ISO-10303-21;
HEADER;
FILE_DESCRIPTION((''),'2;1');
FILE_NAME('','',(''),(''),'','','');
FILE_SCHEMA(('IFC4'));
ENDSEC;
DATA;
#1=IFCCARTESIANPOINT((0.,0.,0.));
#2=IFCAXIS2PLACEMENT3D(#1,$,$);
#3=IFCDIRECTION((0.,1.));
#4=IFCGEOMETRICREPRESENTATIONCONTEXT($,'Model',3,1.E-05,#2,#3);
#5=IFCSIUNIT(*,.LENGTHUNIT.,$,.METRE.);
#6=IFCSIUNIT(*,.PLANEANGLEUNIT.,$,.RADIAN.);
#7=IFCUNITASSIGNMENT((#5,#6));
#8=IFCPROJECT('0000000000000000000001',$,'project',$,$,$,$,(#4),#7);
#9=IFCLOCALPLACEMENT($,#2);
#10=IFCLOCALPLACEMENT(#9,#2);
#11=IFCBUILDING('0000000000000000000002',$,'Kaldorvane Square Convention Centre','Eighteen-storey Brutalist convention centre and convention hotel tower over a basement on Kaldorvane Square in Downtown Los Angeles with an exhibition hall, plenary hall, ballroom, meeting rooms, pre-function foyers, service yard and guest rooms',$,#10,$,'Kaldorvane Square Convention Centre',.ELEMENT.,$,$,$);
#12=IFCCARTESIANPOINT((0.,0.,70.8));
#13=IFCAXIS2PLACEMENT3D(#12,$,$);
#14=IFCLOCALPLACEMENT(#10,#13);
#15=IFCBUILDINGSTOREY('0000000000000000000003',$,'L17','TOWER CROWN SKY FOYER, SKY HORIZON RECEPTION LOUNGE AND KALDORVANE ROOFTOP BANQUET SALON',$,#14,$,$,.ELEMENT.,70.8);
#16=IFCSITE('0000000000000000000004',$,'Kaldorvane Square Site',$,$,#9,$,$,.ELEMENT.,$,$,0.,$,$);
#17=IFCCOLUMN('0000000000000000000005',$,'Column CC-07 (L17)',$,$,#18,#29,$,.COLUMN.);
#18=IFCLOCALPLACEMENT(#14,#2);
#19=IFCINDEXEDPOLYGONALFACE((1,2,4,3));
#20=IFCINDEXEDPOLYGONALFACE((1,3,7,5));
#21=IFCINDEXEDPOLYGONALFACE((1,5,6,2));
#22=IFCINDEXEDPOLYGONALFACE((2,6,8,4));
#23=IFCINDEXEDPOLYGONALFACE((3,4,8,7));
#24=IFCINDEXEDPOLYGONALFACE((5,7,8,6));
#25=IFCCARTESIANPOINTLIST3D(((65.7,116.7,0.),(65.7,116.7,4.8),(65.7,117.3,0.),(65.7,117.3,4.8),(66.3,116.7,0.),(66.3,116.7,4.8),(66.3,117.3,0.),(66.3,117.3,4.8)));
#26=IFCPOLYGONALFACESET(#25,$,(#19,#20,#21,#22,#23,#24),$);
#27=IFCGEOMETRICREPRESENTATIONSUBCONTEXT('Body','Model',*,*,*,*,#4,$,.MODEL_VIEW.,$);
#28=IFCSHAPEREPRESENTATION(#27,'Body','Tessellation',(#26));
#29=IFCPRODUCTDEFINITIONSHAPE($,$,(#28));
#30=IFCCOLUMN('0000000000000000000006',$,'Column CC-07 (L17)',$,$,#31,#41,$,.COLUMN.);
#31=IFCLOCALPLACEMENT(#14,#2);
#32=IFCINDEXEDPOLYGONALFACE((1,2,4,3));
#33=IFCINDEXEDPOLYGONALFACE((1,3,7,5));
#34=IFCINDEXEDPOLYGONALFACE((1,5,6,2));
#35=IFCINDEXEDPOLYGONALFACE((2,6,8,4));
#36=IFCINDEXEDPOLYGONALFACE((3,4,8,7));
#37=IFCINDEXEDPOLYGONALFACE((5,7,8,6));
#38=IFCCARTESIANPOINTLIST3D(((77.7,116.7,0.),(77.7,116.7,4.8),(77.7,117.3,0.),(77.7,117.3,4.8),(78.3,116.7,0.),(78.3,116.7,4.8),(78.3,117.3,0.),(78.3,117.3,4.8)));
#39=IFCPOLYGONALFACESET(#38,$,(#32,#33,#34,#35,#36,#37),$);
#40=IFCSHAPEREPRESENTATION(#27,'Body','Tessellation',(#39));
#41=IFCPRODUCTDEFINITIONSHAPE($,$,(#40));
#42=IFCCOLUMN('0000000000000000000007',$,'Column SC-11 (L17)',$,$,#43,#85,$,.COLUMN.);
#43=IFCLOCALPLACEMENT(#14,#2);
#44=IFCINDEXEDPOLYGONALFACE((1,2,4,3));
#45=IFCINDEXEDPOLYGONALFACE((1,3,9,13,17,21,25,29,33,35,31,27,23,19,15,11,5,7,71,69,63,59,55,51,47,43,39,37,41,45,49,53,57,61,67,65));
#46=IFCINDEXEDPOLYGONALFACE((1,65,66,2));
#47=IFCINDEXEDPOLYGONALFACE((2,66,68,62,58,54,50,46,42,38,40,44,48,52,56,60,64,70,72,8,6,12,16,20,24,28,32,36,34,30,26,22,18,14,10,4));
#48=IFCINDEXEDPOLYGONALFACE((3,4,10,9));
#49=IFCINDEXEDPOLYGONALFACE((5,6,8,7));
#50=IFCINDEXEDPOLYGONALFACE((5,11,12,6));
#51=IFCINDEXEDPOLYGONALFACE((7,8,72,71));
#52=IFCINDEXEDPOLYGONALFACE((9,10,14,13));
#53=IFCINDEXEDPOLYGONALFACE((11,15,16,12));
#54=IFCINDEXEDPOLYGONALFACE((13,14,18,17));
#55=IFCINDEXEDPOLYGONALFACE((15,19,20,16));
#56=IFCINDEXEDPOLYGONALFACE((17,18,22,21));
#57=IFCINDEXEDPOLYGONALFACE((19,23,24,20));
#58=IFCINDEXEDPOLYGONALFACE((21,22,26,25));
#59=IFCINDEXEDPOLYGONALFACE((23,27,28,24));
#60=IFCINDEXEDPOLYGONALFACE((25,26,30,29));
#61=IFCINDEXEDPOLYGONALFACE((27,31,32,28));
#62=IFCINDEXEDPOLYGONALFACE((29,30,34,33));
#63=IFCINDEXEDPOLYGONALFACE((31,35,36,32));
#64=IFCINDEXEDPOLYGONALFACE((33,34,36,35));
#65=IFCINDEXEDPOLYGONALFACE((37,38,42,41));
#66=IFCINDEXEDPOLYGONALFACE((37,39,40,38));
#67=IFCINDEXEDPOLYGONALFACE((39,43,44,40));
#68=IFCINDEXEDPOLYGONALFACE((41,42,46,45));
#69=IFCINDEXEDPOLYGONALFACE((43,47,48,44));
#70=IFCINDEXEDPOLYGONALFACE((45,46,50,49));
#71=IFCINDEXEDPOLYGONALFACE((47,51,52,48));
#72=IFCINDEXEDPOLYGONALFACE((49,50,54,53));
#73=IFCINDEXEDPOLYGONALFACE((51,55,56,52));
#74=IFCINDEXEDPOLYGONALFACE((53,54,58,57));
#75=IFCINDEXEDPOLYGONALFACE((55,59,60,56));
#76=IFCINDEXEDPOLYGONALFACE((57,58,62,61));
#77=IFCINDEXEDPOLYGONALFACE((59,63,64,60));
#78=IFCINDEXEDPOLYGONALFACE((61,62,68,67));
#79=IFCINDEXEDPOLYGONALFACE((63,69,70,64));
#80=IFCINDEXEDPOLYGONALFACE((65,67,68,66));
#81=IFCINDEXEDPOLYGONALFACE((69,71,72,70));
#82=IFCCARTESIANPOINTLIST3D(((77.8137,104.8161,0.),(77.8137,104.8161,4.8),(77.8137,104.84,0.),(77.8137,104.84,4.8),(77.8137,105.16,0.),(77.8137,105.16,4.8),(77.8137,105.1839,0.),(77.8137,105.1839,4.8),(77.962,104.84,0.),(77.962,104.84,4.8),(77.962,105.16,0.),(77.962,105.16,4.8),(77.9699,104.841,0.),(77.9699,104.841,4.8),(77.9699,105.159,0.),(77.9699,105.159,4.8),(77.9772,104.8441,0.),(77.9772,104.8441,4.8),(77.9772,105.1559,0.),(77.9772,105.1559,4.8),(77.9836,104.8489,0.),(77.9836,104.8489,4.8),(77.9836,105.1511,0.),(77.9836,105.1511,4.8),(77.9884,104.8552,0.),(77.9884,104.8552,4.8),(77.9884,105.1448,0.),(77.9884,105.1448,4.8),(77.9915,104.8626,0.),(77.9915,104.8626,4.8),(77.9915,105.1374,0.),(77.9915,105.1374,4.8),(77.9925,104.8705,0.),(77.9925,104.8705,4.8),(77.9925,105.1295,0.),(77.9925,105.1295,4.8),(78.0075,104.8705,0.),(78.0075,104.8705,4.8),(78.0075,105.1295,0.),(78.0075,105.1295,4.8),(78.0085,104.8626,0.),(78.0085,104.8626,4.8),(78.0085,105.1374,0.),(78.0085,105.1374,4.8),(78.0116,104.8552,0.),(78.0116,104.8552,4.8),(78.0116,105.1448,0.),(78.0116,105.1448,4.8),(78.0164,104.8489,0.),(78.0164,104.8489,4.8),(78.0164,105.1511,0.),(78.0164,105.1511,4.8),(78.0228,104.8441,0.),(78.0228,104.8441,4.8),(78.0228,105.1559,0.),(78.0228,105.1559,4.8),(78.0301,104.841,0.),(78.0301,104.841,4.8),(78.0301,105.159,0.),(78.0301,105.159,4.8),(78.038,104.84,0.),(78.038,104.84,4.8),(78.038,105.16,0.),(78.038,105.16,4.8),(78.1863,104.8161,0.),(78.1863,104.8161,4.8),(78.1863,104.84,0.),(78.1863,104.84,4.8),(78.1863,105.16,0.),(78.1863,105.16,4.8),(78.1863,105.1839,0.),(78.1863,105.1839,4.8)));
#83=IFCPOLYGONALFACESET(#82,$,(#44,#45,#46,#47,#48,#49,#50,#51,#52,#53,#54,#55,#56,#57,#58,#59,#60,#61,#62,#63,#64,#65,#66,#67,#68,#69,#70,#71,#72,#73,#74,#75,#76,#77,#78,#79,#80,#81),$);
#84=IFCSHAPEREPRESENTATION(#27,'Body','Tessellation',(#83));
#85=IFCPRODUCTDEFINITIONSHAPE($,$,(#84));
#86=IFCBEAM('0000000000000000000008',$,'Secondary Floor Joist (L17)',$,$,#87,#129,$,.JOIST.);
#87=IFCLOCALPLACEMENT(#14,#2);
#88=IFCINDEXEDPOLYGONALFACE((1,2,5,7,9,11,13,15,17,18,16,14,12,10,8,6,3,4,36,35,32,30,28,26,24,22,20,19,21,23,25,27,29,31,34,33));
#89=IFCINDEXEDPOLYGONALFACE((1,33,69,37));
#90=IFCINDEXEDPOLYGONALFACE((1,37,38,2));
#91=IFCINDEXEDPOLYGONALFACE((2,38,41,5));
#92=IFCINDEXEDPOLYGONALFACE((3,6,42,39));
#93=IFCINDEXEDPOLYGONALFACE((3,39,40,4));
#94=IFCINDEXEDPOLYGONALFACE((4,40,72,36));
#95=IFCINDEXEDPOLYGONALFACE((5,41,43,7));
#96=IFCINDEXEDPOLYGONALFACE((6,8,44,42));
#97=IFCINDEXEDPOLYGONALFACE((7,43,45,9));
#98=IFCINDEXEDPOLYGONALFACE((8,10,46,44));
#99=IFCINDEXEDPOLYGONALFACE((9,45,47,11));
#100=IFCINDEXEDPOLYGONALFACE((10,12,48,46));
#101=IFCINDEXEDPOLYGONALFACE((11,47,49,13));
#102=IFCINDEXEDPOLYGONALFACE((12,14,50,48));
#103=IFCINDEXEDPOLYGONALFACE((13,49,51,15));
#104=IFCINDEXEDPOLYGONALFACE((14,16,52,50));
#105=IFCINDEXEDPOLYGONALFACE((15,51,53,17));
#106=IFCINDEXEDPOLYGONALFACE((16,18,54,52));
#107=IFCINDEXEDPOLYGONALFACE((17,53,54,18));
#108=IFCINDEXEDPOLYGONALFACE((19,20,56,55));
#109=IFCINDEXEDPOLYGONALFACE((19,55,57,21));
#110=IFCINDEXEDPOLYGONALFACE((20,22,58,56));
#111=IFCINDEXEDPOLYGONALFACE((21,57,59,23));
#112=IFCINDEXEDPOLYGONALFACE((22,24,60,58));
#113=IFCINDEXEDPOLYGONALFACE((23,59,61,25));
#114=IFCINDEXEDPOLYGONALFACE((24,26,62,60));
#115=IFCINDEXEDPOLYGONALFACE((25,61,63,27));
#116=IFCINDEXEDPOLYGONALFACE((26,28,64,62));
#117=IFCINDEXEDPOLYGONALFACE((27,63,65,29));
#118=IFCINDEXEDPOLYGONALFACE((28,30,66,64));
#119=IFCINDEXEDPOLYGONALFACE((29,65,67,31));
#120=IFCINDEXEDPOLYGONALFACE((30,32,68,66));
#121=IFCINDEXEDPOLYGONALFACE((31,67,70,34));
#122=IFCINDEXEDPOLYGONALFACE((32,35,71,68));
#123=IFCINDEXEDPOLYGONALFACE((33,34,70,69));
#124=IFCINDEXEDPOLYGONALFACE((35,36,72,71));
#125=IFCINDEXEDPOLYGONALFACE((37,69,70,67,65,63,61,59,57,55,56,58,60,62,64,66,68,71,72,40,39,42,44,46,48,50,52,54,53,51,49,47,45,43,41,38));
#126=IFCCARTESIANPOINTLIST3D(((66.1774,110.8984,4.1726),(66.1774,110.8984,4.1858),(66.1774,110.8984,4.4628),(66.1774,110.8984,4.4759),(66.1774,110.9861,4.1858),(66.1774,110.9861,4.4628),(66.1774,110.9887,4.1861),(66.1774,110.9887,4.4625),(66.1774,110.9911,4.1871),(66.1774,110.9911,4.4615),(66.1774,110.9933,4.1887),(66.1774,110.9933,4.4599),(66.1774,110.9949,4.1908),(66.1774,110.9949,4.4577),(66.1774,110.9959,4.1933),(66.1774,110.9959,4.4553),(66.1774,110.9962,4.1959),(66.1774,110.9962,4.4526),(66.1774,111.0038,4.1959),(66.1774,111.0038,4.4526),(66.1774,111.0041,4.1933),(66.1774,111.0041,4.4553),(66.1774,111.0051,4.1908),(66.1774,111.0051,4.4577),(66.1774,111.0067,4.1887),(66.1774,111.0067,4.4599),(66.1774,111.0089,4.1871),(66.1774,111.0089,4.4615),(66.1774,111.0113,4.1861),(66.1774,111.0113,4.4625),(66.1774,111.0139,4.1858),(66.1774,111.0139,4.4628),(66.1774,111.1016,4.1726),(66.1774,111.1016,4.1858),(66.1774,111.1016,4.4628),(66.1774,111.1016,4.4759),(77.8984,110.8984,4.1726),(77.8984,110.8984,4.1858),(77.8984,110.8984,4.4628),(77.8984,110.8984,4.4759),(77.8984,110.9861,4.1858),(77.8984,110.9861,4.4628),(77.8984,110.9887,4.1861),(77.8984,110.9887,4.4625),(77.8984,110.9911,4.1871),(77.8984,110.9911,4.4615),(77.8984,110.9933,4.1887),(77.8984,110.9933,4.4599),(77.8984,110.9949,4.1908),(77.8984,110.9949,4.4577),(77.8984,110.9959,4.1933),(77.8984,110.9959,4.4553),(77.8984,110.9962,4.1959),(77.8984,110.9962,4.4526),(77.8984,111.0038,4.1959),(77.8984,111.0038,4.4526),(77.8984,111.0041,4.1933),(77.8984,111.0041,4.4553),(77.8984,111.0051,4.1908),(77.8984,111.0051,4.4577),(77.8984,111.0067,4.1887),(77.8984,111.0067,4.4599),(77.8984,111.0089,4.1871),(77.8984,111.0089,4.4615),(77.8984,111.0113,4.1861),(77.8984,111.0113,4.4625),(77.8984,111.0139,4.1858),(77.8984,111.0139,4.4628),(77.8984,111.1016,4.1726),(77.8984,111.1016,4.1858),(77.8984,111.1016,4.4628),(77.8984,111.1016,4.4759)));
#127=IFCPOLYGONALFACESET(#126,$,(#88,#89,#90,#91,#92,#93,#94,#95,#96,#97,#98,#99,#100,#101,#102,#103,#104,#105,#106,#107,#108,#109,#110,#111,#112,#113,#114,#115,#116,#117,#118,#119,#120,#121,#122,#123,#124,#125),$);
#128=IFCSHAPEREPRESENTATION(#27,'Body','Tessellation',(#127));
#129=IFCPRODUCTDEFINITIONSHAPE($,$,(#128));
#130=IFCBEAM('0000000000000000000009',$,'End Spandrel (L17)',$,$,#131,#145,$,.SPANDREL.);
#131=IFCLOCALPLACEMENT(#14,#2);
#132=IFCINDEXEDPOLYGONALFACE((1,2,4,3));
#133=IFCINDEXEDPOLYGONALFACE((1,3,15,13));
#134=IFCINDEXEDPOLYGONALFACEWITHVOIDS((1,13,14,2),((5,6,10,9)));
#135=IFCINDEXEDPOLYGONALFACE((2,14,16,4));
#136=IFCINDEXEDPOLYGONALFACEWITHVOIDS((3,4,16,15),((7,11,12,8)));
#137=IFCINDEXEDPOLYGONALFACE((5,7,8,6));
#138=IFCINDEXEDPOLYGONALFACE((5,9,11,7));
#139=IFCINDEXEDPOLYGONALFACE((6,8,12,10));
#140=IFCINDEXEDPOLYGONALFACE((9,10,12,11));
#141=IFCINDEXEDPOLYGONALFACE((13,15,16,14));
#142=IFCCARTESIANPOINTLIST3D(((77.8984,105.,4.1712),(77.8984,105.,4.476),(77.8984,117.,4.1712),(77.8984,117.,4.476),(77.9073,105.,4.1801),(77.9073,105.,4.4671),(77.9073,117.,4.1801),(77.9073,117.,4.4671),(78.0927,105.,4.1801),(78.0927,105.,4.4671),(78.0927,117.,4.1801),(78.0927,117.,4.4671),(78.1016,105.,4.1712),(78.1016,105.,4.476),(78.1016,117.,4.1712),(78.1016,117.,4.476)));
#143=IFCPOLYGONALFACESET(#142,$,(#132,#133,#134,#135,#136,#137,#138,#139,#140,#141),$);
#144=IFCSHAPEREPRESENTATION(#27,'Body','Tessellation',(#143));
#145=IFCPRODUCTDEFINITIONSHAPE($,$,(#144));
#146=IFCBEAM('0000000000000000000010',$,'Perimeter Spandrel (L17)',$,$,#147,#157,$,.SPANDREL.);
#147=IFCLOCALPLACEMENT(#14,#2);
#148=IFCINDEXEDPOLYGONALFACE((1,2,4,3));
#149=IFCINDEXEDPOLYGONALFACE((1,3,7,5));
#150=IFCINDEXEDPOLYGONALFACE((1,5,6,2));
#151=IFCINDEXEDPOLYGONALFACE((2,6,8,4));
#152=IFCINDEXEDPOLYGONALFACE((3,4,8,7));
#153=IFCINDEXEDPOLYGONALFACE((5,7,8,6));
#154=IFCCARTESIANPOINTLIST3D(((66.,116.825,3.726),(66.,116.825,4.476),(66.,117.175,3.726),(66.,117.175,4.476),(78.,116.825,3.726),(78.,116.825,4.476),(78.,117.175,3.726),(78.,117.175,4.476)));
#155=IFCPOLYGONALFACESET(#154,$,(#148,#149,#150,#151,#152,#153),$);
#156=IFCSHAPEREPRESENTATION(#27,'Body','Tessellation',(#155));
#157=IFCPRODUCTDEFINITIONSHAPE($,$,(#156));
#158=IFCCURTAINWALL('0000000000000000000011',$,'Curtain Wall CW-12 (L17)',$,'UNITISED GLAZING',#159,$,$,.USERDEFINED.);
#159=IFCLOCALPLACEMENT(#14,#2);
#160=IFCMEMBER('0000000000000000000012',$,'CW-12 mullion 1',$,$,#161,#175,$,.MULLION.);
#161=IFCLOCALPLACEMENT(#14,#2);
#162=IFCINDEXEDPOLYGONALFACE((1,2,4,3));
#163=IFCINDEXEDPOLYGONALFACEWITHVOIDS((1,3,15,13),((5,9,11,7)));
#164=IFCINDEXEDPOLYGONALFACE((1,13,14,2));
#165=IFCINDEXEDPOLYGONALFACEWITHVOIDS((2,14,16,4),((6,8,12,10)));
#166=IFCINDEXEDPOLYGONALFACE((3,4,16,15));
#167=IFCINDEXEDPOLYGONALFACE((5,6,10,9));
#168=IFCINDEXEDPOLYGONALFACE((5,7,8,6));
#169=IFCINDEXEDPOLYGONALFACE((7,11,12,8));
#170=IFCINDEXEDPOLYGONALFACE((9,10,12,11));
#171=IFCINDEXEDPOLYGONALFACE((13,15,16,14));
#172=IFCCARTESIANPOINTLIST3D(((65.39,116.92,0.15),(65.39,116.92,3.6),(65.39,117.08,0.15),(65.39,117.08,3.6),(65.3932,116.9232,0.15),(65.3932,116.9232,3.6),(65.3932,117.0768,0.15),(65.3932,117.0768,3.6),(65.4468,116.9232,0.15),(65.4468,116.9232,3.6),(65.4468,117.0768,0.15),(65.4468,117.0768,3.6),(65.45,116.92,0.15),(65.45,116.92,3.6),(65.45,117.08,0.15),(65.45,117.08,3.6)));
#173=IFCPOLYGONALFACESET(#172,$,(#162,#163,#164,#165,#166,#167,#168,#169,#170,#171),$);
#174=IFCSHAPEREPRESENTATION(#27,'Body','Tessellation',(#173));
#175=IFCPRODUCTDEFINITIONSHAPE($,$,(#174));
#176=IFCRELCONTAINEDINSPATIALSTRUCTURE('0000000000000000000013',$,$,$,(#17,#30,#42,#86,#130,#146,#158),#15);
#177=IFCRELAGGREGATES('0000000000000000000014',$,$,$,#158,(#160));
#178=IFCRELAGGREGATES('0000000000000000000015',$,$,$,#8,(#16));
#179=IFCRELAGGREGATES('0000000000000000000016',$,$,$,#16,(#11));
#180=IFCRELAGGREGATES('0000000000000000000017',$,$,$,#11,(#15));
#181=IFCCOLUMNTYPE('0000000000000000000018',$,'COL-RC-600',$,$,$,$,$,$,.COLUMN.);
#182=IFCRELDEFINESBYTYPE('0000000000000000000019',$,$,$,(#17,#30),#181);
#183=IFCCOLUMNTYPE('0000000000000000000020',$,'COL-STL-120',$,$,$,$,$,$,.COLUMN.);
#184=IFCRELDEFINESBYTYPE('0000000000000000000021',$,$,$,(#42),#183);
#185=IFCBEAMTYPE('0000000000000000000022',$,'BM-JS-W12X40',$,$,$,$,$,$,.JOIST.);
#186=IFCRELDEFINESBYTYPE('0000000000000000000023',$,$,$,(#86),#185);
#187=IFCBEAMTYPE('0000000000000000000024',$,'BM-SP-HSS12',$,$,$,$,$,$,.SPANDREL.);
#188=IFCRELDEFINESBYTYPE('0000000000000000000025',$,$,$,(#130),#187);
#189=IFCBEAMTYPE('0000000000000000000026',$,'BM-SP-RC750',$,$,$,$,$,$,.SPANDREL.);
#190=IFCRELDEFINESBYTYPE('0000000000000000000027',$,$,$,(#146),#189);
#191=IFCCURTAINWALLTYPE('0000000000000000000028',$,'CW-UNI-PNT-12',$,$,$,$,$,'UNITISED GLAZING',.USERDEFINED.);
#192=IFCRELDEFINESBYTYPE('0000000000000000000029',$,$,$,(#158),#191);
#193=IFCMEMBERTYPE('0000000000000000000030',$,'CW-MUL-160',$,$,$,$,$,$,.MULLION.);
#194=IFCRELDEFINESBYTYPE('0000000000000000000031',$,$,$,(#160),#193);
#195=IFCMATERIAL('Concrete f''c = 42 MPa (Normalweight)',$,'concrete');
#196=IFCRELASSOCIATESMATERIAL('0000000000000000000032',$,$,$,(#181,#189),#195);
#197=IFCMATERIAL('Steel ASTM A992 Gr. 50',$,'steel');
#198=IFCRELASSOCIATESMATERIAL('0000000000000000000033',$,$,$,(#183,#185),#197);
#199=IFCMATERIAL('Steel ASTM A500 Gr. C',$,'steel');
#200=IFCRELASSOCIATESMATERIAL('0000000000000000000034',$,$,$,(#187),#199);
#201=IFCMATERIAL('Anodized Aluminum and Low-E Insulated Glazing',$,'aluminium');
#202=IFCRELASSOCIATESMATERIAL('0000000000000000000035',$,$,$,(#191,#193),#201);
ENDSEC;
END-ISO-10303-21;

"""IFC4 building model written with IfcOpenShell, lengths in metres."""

from ifc_helpers import new_model, si_unit, direction, frame, origin, origin_2d, place, context, subcontext, project, spatial, rectangle, hollow_rectangle, i_section, extrude, material, material_profile, profile_set, type_object, element, aggregate, save


model = new_model("IFC4")

# Units and contexts
model_context = context("Model", 3, precision=1e-05, world=origin(), true_north=direction((0.0, 1.0)))
body_context = subcontext(model_context, "Body", "Model", "MODEL_VIEW")
ifc_project = project(units=[si_unit("LENGTHUNIT", "METRE"), si_unit("PLANEANGLEUNIT", "RADIAN")], contexts=[model_context])

# Site, building, storey
site_placement = place(None, origin())
site = spatial("IfcSite", under=ifc_project, at=site_placement, Name="Kaldorvane Square Site", CompositionType="ELEMENT", RefElevation=0.0)
building_placement = place(site_placement, origin())
building = spatial("IfcBuilding", under=site, at=building_placement, Name="Kaldorvane Square Convention Centre", Description="Eighteen-storey Brutalist convention centre and convention hotel tower over a basement on Kaldorvane Square in Downtown Los Angeles with an exhibition hall, plenary hall, ballroom, meeting rooms, pre-function foyers, service yard and guest rooms", LongName="Kaldorvane Square Convention Centre", CompositionType="ELEMENT")
storey_placement = place(building_placement, frame((0.0, 0.0, 70.8)))
storey = spatial("IfcBuildingStorey", under=building, at=storey_placement, Name="L17", Description="TOWER CROWN SKY FOYER, SKY HORIZON RECEPTION LOUNGE AND KALDORVANE ROOFTOP BANQUET SALON", CompositionType="ELEMENT", Elevation=70.8)

# Columns
ifc_material_1 = material(Name="Concrete f'c = 42 MPa (Normalweight)", Category="concrete")
ifc_material_profile_1 = material_profile(ifc_material_1, rectangle(XDim=0.6, YDim=0.6, at=origin_2d()), Name="RC600X600")
ifc_profile_set_1 = profile_set([ifc_material_profile_1], Name="Concrete f'c = 42 MPa (Normalweight)")
column_type_1 = type_object("IfcColumnType", Name="COL-RC-600", PredefinedType="COLUMN", material=ifc_profile_set_1)
for number, where, z_axis, x_axis, name in (
    (1, (66.0, 117.0, 0.0), (0.0, 0.0, 1.0), (1.0, 0.0, 0.0), "Column CC-07 (L17)"),
    (2, (78.0, 117.0, 0.0), (0.0, 0.0, 1.0), (1.0, 0.0, 0.0), "Column CC-07 (L17)"),
):
    element("IfcColumn", number, at=place(storey_placement, frame(where, z_axis=z_axis, x_axis=x_axis)), inside=storey, type_object=column_type_1, Name=name, PredefinedType="COLUMN", context=body_context, shape_type="SweptSolid", body=[
        extrude(rectangle(XDim=0.6, YDim=0.6, at=origin_2d()), origin(), (0.0, 0.0, 1.0), 4.8),
    ])
ifc_material_2 = material(Name="Steel ASTM A992 Gr. 50", Category="steel")
ifc_material_profile_2 = material_profile(ifc_material_2, i_section(OverallWidth=0.3726, OverallDepth=0.3678, WebThickness=0.015, FlangeThickness=0.0239, FilletRadius=0.0305, at=origin_2d()), Name="W14X120")
ifc_profile_set_2 = profile_set([ifc_material_profile_2], Name="Steel ASTM A992 Gr. 50")
column_type_2 = type_object("IfcColumnType", Name="COL-STL-120", PredefinedType="COLUMN", material=ifc_profile_set_2)
column_placement = place(storey_placement, frame((78.0, 105.0, 0.0), z_axis=(0.0, 0.0, 1.0), x_axis=(1.0, 0.0, 0.0)))
element("IfcColumn", 3, at=column_placement, inside=storey, type_object=column_type_2, Name="Column SC-11 (L17)", PredefinedType="COLUMN", context=body_context, shape_type="SweptSolid", body=[
    extrude(i_section(OverallWidth=0.3726, OverallDepth=0.3678, WebThickness=0.015, FlangeThickness=0.0239, FilletRadius=0.0305, at=origin_2d()), origin(), (0.0, 0.0, 1.0), 4.8),
])

# Beams
ifc_material_profile_3 = material_profile(ifc_material_2, i_section(OverallWidth=0.2033, OverallDepth=0.3033, WebThickness=0.0075, FlangeThickness=0.0131, FilletRadius=0.0102, at=origin_2d()), Name="W12X40")
ifc_profile_set_3 = profile_set([ifc_material_profile_3], Name="Steel ASTM A992 Gr. 50")
beam_type_1 = type_object("IfcBeamType", Name="BM-JS-W12X40", PredefinedType="JOIST", material=ifc_profile_set_3)
beam_1_placement = place(storey_placement, frame((66.1774, 111.0, 4.3243), z_axis=(1.0, 0.0, 0.0), x_axis=(0.0, 1.0, 0.0)))
element("IfcBeam", 4, at=beam_1_placement, inside=storey, type_object=beam_type_1, Name="Secondary Floor Joist (L17)", PredefinedType="JOIST", context=body_context, shape_type="SweptSolid", body=[
    extrude(i_section(OverallWidth=0.2033, OverallDepth=0.3033, WebThickness=0.0075, FlangeThickness=0.0131, FilletRadius=0.0102, at=origin_2d()), origin(), (0.0, 0.0, 1.0), 11.721),
])
ifc_material_3 = material(Name="Steel ASTM A500 Gr. C", Category="steel")
ifc_material_profile_4 = material_profile(ifc_material_3, hollow_rectangle(XDim=0.2032, YDim=0.3048, WallThickness=0.0089, at=origin_2d()), Name="HSS12X8X3/8")
ifc_profile_set_4 = profile_set([ifc_material_profile_4], Name="Steel ASTM A500 Gr. C")
beam_type_2 = type_object("IfcBeamType", Name="BM-SP-HSS12", PredefinedType="SPANDREL", material=ifc_profile_set_4)
beam_2_placement = place(storey_placement, frame((78.0, 105.0, 4.3236), z_axis=(0.0, 1.0, 0.0), x_axis=(-1.0, 0.0, 0.0)))
element("IfcBeam", 5, at=beam_2_placement, inside=storey, type_object=beam_type_2, Name="End Spandrel (L17)", PredefinedType="SPANDREL", context=body_context, shape_type="SweptSolid", body=[
    extrude(hollow_rectangle(XDim=0.2032, YDim=0.3048, WallThickness=0.0089, at=origin_2d()), origin(), (0.0, 0.0, 1.0), 12.0),
])
ifc_material_profile_5 = material_profile(ifc_material_1, rectangle(XDim=0.35, YDim=0.75, at=origin_2d()), Name="RCSP750X350")
ifc_profile_set_5 = profile_set([ifc_material_profile_5], Name="Concrete f'c = 42 MPa (Normalweight)")
beam_type_3 = type_object("IfcBeamType", Name="BM-SP-RC750", PredefinedType="SPANDREL", material=ifc_profile_set_5)
beam_3_placement = place(storey_placement, frame((66.0, 117.0, 4.101), z_axis=(1.0, 0.0, 0.0), x_axis=(0.0, 1.0, 0.0)))
element("IfcBeam", 6, at=beam_3_placement, inside=storey, type_object=beam_type_3, Name="Perimeter Spandrel (L17)", PredefinedType="SPANDREL", context=body_context, shape_type="SweptSolid", body=[
    extrude(rectangle(XDim=0.35, YDim=0.75, at=origin_2d()), origin(), (0.0, 0.0, 1.0), 12.0),
])

# Curtain wall, member
ifc_material_4 = material(Name="Anodized Aluminum and Low-E Insulated Glazing", Category="aluminium")
curtain_wall_type = type_object("IfcCurtainWallType", Name="CW-UNI-PNT-12", ElementType="UNITISED GLAZING", PredefinedType="USERDEFINED", material=ifc_material_4)
curtain_wall_placement = place(storey_placement, origin())
curtain_wall = element("IfcCurtainWall", 7, at=curtain_wall_placement, inside=storey, type_object=curtain_wall_type, Name="Curtain Wall CW-12 (L17)", ObjectType="UNITISED GLAZING", PredefinedType="USERDEFINED")
ifc_material_profile_6 = material_profile(ifc_material_4, hollow_rectangle(XDim=0.06, YDim=0.16, WallThickness=0.0032, at=origin_2d()), Name="CWM-160X60")
ifc_profile_set_6 = profile_set([ifc_material_profile_6], Name="Anodized Aluminum and Low-E Insulated Glazing")
member_type_1 = type_object("IfcMemberType", Name="CW-MUL-160", PredefinedType="MULLION", material=ifc_profile_set_6)
member_1_placement = place(storey_placement, frame((65.42, 117.0, 0.15), z_axis=(0.0, 0.0, 1.0), x_axis=(-1.0, 0.0, 0.0)))
member_1 = element("IfcMember", 8, at=member_1_placement, type_object=member_type_1, Name="CW-12 mullion 1", PredefinedType="MULLION", context=body_context, shape_type="SweptSolid", body=[
    extrude(hollow_rectangle(XDim=0.06, YDim=0.16, WallThickness=0.0032, at=origin_2d()), origin(), (0.0, 0.0, 1.0), 3.45),
])
aggregate(curtain_wall, [member_1])

save(model, "model.ifc")
